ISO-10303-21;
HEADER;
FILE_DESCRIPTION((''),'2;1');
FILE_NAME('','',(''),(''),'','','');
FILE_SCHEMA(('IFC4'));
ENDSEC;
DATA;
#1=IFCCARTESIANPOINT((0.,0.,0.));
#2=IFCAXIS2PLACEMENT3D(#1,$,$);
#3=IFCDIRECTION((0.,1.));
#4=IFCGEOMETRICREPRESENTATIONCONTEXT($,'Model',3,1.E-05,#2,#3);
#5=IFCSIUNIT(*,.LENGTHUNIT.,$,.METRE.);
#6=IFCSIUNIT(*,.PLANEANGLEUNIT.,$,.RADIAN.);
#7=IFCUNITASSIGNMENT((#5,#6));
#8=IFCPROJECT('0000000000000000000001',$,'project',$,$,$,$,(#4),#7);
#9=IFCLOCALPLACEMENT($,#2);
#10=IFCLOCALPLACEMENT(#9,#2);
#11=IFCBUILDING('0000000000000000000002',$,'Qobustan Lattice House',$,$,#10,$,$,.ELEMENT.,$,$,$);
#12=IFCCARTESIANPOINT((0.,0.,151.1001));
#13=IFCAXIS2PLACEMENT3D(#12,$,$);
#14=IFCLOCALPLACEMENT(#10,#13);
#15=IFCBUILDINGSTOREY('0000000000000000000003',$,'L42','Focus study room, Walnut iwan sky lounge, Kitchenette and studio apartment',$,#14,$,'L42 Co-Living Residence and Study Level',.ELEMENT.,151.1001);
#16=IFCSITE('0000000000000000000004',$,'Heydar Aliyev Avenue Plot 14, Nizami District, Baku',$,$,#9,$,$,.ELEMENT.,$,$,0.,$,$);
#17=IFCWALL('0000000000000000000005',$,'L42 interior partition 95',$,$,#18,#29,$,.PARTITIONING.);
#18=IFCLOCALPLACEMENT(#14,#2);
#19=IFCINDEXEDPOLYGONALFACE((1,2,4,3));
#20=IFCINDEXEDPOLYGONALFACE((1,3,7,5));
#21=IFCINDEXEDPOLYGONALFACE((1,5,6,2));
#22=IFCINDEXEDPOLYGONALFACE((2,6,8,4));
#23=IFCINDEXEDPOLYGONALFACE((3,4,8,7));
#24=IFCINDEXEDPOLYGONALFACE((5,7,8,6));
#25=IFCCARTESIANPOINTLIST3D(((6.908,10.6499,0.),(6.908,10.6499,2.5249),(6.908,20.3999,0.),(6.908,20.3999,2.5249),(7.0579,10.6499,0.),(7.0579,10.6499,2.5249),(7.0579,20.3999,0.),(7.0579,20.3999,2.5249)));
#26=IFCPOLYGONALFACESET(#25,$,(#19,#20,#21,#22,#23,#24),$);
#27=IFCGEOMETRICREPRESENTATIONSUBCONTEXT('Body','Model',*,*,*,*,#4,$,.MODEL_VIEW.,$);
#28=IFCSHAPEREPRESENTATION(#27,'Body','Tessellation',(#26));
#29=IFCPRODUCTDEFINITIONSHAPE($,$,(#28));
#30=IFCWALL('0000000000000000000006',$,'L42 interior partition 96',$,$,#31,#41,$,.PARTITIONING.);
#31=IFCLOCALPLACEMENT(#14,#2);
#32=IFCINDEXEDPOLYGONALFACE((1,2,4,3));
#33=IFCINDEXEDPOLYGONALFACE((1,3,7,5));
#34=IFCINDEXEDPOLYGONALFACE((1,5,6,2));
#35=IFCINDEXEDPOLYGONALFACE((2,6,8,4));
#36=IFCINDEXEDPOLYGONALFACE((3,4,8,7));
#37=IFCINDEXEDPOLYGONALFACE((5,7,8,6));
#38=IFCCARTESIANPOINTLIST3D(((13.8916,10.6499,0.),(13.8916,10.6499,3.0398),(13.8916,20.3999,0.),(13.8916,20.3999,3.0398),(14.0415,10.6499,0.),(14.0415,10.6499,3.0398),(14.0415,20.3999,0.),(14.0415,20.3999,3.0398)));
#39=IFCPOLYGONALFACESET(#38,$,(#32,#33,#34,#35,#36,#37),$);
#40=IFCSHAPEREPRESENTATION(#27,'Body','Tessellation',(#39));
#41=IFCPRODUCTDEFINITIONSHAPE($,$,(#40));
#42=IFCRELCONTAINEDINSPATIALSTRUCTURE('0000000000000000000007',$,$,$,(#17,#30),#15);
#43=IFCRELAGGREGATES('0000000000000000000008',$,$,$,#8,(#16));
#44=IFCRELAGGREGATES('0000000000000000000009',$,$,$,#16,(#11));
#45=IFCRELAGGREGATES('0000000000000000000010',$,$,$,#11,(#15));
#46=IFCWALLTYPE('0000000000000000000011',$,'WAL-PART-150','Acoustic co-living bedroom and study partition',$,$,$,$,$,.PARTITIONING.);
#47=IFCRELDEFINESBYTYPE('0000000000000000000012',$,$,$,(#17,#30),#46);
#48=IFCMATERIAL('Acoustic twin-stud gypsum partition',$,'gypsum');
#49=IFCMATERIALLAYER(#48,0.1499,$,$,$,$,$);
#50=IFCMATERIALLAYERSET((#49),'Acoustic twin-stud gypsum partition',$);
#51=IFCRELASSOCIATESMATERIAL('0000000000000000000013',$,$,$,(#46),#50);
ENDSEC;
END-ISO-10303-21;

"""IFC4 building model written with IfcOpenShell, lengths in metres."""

from ifc_helpers import new_model, si_unit, direction, frame, frame_2d, origin, place, context, subcontext, project, spatial, rectangle, extrude, material, layer, layer_set, type_object, element, save


model = new_model("IFC4")

# Units and contexts
model_context = context("Model", 3, precision=1e-05, world=origin(), true_north=direction((0.0, 1.0)))
body_context = subcontext(model_context, "Body", "Model", "MODEL_VIEW")
ifc_project = project(units=[si_unit("LENGTHUNIT", "METRE"), si_unit("PLANEANGLEUNIT", "RADIAN")], contexts=[model_context])

# Site, building, storey
site_placement = place(None, origin())
site = spatial("IfcSite", under=ifc_project, at=site_placement, Name="Heydar Aliyev Avenue Plot 14, Nizami District, Baku", CompositionType="ELEMENT", RefElevation=0.0)
building_placement = place(site_placement, origin())
building = spatial("IfcBuilding", under=site, at=building_placement, Name="Qobustan Lattice House", CompositionType="ELEMENT")
storey_placement = place(building_placement, frame((0.0, 0.0, 151.1001)))
storey = spatial("IfcBuildingStorey", under=building, at=storey_placement, Name="L42", Description="Focus study room, Walnut iwan sky lounge, Kitchenette and studio apartment", LongName="L42 Co-Living Residence and Study Level", CompositionType="ELEMENT", Elevation=151.1001)

# Shared definitions
ifc_material_1 = material(Name="Acoustic twin-stud gypsum partition", Category="gypsum")
ifc_layer_1 = layer(ifc_material_1, 0.1499)
ifc_layer_set_1 = layer_set([ifc_layer_1], Name="Acoustic twin-stud gypsum partition")
wall_type_1 = type_object("IfcWallType", Name="WAL-PART-150", Description="Acoustic co-living bedroom and study partition", PredefinedType="PARTITIONING", material=ifc_layer_set_1)

# Walls
wall_1_placement = place(storey_placement, frame((6.9829, 20.3999, 0.0), z_axis=(0.0, 0.0, 1.0), x_axis=(0.0, -1.0, 0.0)))
element("IfcWall", 1, at=wall_1_placement, inside=storey, type_object=wall_type_1, Name="L42 interior partition 95", PredefinedType="PARTITIONING", context=body_context, shape_type="SweptSolid", body=[
    extrude(rectangle(XDim=9.75, YDim=0.1499, at=frame_2d((4.875, 0.0))), origin(), (0.0, 0.0, 1.0), 2.5249),
])
wall_2_placement = place(storey_placement, frame((13.9666, 20.3999, 0.0), z_axis=(0.0, 0.0, 1.0), x_axis=(0.0, -1.0, 0.0)))
element("IfcWall", 2, at=wall_2_placement, inside=storey, type_object=wall_type_1, Name="L42 interior partition 96", PredefinedType="PARTITIONING", context=body_context, shape_type="SweptSolid", body=[
    extrude(rectangle(XDim=9.75, YDim=0.1499, at=frame_2d((4.875, 0.0))), origin(), (0.0, 0.0, 1.0), 3.0398),
])

save(model, "model.ifc")
